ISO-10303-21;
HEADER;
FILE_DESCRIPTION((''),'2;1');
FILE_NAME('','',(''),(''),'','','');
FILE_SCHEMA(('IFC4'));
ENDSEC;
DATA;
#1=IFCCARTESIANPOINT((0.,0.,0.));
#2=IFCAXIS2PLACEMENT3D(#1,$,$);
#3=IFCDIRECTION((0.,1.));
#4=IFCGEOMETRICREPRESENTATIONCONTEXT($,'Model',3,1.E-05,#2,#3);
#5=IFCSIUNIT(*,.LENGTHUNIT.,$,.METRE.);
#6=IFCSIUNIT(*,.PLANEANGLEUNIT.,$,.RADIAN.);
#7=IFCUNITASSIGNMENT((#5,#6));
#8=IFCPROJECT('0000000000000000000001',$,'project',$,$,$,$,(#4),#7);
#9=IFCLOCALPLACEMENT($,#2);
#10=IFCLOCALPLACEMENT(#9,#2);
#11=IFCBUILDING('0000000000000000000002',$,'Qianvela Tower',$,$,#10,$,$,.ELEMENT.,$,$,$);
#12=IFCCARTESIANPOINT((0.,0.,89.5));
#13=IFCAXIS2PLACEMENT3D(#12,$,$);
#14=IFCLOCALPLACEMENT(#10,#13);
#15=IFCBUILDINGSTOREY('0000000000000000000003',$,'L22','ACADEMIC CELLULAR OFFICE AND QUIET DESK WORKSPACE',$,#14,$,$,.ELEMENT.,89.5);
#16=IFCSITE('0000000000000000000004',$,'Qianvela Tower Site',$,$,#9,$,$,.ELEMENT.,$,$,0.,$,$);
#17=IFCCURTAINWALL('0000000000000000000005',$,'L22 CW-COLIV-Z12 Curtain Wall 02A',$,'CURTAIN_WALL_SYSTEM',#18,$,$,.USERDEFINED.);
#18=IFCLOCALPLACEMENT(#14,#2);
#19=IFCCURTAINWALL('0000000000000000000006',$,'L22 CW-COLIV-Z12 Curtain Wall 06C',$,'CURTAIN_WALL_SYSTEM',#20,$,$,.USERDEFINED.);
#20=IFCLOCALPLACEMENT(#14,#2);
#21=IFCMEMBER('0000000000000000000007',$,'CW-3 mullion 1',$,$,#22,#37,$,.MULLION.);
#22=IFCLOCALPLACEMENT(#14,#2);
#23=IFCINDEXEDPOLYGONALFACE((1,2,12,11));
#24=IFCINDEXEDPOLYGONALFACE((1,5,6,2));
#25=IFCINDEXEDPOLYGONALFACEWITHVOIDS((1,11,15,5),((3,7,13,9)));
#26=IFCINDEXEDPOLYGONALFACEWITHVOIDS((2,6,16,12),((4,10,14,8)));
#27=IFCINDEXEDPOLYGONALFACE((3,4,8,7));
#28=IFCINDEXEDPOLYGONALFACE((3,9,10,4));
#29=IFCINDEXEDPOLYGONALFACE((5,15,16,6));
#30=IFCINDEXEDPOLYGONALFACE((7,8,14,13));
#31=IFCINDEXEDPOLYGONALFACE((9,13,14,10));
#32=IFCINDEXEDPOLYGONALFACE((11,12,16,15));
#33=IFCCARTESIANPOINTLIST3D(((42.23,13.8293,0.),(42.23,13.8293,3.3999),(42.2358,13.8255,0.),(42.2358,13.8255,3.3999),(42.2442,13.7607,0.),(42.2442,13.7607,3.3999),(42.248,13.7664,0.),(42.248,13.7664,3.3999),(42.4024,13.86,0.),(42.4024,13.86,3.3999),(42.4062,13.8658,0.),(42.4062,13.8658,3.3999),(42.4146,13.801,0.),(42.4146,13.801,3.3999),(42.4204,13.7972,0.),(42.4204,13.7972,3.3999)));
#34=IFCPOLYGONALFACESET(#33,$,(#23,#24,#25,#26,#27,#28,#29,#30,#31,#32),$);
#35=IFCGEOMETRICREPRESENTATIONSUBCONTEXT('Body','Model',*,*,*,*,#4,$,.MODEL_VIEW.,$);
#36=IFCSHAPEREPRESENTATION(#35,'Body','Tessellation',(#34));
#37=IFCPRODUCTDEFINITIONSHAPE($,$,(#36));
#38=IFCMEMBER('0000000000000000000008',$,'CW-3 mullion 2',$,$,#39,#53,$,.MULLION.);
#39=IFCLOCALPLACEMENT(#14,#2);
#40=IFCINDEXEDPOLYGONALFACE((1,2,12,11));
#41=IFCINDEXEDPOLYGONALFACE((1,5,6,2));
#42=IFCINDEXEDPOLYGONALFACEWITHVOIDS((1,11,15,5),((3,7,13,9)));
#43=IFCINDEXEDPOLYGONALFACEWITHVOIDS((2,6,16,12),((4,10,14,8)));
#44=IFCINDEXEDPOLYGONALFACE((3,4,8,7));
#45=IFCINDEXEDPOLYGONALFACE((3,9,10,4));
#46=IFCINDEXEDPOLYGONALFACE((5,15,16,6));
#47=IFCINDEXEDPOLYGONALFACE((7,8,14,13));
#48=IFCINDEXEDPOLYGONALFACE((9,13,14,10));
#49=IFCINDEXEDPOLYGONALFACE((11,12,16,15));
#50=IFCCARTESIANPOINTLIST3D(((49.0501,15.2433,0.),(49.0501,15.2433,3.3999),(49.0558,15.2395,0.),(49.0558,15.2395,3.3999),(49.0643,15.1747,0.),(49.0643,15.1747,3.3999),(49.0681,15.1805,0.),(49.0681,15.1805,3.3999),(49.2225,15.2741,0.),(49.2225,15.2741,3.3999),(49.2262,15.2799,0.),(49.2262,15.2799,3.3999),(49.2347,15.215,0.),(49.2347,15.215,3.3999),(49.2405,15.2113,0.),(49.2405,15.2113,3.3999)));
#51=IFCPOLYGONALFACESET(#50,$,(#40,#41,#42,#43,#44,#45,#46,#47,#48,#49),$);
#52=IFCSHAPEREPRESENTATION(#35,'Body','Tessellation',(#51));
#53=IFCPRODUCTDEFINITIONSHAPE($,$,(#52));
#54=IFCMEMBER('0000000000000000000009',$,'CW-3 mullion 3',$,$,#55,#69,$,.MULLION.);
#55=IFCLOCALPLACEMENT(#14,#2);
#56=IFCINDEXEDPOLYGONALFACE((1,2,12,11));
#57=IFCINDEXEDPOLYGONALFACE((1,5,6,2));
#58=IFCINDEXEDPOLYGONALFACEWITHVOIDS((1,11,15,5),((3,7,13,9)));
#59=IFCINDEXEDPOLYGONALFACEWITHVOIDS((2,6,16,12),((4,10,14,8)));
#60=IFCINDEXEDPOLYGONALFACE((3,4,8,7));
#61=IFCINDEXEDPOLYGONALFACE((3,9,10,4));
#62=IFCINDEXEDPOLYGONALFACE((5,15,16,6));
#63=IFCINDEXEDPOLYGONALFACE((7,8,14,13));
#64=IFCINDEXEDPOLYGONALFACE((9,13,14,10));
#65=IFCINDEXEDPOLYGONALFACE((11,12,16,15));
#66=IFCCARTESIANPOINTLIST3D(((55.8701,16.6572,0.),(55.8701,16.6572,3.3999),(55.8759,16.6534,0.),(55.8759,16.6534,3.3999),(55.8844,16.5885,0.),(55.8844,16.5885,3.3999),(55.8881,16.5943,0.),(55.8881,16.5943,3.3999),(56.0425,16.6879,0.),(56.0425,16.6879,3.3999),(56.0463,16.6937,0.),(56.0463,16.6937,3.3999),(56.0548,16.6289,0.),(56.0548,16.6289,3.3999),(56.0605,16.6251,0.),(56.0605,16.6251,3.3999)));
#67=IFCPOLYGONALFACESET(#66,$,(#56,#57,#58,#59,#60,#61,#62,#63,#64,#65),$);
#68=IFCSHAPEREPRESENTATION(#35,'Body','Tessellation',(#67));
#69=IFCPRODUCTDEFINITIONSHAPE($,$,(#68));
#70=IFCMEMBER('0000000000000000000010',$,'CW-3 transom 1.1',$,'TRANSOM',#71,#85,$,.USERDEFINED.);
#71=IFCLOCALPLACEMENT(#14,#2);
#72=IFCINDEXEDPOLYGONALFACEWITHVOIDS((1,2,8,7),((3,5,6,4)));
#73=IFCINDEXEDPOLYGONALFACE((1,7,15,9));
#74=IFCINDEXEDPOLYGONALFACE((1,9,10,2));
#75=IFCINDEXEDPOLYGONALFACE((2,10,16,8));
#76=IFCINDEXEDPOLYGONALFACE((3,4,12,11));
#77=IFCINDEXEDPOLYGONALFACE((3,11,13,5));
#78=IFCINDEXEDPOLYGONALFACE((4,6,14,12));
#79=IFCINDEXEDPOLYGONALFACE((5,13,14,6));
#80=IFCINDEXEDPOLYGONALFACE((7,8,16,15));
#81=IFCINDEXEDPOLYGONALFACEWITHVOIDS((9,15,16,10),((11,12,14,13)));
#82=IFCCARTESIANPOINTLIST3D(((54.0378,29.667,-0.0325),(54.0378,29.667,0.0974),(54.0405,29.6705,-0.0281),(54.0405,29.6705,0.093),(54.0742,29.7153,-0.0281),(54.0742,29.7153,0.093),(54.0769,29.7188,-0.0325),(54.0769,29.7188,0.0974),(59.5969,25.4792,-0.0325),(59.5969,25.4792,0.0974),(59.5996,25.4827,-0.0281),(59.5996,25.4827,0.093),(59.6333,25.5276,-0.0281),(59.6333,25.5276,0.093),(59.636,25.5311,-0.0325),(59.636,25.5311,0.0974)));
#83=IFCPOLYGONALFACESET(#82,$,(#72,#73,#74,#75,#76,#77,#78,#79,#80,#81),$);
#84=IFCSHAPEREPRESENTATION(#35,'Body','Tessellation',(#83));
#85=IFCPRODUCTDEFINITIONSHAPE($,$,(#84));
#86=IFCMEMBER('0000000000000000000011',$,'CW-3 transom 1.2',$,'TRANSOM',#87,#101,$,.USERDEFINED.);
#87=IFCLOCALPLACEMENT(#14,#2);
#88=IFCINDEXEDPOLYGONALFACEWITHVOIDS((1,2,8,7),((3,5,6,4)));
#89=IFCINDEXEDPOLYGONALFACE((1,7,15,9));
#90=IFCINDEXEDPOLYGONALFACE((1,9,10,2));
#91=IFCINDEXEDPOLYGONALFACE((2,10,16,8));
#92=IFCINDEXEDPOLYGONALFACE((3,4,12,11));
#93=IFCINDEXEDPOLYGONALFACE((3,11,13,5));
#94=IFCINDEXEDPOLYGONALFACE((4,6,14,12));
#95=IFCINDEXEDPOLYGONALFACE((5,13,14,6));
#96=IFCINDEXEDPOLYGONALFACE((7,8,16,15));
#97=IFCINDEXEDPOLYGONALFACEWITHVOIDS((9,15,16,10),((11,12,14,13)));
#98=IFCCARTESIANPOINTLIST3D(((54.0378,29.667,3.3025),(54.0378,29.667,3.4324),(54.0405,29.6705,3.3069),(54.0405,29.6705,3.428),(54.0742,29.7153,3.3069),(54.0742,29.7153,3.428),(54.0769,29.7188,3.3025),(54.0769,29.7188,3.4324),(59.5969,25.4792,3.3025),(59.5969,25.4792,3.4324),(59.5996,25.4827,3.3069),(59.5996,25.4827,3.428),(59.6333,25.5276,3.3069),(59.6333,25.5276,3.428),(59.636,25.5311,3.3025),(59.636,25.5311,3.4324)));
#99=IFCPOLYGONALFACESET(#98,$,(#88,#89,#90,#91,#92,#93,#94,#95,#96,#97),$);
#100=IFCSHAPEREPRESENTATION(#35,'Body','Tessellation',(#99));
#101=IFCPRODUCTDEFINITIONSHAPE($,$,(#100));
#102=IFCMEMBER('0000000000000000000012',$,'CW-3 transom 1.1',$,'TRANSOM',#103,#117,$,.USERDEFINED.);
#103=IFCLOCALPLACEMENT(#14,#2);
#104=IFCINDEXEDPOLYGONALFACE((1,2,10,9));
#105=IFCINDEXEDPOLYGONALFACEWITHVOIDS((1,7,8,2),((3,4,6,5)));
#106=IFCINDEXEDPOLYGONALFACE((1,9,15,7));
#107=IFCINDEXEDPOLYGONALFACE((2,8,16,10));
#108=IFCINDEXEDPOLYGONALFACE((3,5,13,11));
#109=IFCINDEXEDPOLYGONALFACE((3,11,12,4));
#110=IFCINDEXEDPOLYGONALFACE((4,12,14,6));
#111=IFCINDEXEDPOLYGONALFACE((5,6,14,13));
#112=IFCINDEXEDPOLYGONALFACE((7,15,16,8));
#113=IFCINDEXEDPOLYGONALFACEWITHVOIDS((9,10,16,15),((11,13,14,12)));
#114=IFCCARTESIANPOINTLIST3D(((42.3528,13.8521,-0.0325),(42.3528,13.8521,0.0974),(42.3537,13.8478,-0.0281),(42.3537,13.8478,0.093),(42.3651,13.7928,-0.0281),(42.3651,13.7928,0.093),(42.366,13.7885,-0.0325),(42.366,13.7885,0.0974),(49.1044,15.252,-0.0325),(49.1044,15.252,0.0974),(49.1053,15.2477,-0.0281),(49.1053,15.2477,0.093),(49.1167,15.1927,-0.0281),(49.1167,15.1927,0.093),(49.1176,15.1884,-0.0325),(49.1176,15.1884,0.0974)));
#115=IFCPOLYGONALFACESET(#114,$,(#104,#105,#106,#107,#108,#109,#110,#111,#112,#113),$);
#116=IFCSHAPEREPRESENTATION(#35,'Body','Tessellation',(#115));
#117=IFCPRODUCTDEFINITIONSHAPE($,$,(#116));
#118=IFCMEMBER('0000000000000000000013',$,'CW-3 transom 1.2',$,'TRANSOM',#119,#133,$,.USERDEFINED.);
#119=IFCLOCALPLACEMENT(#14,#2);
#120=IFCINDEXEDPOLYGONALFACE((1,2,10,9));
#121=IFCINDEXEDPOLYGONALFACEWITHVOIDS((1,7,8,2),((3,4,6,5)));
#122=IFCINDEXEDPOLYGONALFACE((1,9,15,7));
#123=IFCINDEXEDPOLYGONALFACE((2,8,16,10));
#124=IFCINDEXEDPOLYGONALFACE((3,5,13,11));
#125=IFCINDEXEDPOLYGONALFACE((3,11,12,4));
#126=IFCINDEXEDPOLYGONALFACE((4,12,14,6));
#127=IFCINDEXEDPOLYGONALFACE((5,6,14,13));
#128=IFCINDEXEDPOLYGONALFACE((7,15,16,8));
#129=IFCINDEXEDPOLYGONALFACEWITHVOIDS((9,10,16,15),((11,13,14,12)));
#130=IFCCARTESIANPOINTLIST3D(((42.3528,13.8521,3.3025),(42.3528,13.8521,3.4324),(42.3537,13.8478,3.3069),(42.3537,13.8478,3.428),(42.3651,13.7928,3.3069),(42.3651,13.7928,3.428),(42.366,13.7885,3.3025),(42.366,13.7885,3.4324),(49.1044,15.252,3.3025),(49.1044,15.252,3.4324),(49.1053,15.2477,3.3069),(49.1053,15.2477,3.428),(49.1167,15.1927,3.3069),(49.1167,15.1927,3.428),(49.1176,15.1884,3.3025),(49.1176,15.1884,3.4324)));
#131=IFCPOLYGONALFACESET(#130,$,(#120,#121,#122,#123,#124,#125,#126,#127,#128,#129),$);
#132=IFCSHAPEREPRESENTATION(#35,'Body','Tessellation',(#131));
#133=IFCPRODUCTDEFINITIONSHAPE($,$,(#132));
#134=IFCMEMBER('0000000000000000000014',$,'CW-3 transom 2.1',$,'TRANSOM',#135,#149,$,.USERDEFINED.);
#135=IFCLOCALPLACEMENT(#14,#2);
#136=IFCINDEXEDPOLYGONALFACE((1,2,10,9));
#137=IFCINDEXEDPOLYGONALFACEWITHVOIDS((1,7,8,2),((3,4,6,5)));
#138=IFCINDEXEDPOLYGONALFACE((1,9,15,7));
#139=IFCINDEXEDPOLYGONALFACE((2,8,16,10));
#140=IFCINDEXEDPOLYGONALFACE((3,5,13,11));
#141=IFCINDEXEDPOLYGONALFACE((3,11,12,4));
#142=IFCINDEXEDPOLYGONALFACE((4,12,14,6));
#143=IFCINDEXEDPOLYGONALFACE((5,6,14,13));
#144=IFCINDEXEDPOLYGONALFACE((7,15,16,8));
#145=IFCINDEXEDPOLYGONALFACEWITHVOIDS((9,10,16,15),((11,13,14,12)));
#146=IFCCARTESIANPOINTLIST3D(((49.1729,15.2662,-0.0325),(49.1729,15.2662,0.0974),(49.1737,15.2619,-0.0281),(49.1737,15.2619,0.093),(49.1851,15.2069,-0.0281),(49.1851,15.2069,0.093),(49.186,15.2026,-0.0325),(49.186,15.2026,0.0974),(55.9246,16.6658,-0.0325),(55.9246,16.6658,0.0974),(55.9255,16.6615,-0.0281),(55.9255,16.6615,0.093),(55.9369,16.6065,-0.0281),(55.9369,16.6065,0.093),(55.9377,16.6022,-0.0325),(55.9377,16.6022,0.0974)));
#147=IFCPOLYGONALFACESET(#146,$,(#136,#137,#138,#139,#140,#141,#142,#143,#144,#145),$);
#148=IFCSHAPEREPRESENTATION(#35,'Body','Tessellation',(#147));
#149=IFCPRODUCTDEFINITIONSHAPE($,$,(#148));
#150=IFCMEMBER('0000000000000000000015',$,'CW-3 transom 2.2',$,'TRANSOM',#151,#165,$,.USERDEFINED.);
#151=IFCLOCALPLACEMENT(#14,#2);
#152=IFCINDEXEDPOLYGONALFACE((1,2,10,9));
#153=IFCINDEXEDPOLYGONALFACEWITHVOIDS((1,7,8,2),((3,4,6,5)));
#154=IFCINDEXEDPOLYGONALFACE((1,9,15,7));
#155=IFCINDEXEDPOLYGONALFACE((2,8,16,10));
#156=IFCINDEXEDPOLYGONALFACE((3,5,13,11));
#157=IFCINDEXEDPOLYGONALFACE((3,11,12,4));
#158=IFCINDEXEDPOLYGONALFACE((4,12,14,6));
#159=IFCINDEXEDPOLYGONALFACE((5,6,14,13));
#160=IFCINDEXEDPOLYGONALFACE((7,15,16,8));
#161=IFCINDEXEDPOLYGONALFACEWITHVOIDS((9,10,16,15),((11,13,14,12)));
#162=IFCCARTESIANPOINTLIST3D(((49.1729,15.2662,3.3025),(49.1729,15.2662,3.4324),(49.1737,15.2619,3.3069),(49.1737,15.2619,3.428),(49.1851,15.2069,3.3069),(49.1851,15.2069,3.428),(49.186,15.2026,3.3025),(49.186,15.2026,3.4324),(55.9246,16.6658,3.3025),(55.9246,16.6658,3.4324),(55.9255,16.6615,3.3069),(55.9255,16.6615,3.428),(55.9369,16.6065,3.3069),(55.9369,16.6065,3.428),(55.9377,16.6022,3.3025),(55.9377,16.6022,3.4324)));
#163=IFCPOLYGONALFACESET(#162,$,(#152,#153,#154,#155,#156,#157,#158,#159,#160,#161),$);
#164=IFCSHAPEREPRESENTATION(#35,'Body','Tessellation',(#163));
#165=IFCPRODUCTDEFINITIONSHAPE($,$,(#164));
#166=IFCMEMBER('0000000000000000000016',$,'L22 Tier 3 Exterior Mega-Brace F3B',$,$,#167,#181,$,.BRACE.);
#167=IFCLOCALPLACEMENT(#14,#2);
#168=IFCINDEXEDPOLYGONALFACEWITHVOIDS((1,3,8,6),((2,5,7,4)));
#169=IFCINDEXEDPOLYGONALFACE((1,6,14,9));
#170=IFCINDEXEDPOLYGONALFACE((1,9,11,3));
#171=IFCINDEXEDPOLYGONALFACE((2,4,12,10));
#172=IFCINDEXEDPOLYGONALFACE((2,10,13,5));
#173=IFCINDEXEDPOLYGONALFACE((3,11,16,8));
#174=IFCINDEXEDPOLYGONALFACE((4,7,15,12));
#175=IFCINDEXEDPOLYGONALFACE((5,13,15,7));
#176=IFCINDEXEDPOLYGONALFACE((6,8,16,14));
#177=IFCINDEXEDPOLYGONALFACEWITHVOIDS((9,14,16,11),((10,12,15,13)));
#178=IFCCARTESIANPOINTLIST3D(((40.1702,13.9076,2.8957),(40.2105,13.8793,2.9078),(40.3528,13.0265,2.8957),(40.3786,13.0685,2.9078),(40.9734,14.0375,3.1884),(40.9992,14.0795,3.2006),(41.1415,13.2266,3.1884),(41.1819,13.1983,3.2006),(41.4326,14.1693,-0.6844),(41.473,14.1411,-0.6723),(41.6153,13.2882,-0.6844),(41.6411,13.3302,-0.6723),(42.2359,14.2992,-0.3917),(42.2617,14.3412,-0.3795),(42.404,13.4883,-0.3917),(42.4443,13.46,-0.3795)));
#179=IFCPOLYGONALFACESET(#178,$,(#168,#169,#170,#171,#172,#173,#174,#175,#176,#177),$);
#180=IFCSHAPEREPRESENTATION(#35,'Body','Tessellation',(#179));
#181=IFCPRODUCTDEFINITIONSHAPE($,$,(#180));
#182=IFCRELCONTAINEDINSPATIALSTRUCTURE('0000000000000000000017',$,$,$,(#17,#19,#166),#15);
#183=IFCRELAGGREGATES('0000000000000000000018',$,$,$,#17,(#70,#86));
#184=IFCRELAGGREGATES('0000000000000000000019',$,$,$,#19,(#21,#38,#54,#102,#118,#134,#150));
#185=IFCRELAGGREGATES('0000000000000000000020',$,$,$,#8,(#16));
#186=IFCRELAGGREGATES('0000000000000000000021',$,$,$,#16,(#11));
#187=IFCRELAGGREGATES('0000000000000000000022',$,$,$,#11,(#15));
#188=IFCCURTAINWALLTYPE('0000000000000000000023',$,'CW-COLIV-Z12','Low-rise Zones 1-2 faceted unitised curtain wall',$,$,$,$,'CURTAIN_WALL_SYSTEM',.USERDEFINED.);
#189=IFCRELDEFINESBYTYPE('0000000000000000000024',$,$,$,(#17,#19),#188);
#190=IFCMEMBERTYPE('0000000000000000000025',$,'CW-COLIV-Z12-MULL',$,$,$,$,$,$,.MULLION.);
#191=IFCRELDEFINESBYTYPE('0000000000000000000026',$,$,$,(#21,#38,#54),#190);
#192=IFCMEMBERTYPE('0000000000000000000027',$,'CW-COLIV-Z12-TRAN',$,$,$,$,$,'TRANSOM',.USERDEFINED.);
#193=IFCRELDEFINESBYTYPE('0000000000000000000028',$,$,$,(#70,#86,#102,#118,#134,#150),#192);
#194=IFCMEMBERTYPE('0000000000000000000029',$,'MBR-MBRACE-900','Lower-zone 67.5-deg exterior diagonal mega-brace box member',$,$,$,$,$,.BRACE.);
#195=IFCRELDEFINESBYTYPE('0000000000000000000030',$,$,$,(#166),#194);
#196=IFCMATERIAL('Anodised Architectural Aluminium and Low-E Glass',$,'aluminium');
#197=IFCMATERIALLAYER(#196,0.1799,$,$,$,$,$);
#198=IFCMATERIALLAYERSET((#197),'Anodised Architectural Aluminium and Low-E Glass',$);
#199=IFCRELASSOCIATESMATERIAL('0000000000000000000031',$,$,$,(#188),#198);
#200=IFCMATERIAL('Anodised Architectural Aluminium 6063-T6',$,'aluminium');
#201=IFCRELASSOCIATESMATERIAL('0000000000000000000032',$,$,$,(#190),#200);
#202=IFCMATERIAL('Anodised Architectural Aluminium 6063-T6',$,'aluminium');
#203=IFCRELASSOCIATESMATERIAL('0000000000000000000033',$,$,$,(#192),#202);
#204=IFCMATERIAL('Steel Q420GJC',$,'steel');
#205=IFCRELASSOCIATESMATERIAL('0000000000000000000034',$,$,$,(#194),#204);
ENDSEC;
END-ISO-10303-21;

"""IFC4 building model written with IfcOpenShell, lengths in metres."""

from ifc_helpers import new_model, si_unit, direction, frame, origin, origin_2d, place, context, subcontext, project, spatial, hollow_rectangle, extrude, material, layer, layer_set, material_profile, profile_set, type_object, element, aggregate, save


model = new_model("IFC4")

# Units and contexts
model_context = context("Model", 3, precision=1e-05, world=origin(), true_north=direction((0.0, 1.0)))
body_context = subcontext(model_context, "Body", "Model", "MODEL_VIEW")
ifc_project = project(units=[si_unit("LENGTHUNIT", "METRE"), si_unit("PLANEANGLEUNIT", "RADIAN")], contexts=[model_context])

# Site, building, storey
site_placement = place(None, origin())
site = spatial("IfcSite", under=ifc_project, at=site_placement, Name="Qianvela Tower Site", CompositionType="ELEMENT", RefElevation=0.0)
building_placement = place(site_placement, origin())
building = spatial("IfcBuilding", under=site, at=building_placement, Name="Qianvela Tower", CompositionType="ELEMENT")
storey_placement = place(building_placement, frame((0.0, 0.0, 89.5)))
storey = spatial("IfcBuildingStorey", under=building, at=storey_placement, Name="L22", Description="ACADEMIC CELLULAR OFFICE AND QUIET DESK WORKSPACE", CompositionType="ELEMENT", Elevation=89.5)

# Curtain walls, members
ifc_material_1 = material(Name="Anodised Architectural Aluminium and Low-E Glass", Category="aluminium")
ifc_layer_1 = layer(ifc_material_1, 0.1799)
ifc_layer_set_1 = layer_set([ifc_layer_1], Name="Anodised Architectural Aluminium and Low-E Glass")
curtain_wall_type_1 = type_object("IfcCurtainWallType", Name="CW-COLIV-Z12", Description="Low-rise Zones 1-2 faceted unitised curtain wall", ElementType="CURTAIN_WALL_SYSTEM", PredefinedType="USERDEFINED", material=ifc_layer_set_1)
curtain_wall_1_placement = place(storey_placement, origin())
curtain_wall_1 = element("IfcCurtainWall", 1, at=curtain_wall_1_placement, inside=storey, type_object=curtain_wall_type_1, Name="L22 CW-COLIV-Z12 Curtain Wall 02A", ObjectType="CURTAIN_WALL_SYSTEM", PredefinedType="USERDEFINED")
ifc_material_2 = material(Name="Anodised Architectural Aluminium 6063-T6", Category="aluminium")
ifc_material_profile_1 = material_profile(ifc_material_2, hollow_rectangle(XDim=0.0701, YDim=0.1799, WallThickness=0.0049, at=origin_2d()), Name="ALU-MULL-70x180")
ifc_profile_set_1 = profile_set([ifc_material_profile_1], Name="Anodised Architectural Aluminium 6063-T6")
member_type_1 = type_object("IfcMemberType", Name="CW-COLIV-Z12-MULL", PredefinedType="MULLION", material=ifc_profile_set_1)
curtain_wall_2_placement = place(storey_placement, origin())
curtain_wall_2 = element("IfcCurtainWall", 2, at=curtain_wall_2_placement, inside=storey, type_object=curtain_wall_type_1, Name="L22 CW-COLIV-Z12 Curtain Wall 06C", ObjectType="CURTAIN_WALL_SYSTEM", PredefinedType="USERDEFINED")
member_1_placement = place(storey_placement, frame((42.3252, 13.8132, 0.0), z_axis=(0.0, 0.0, 1.0), x_axis=(-0.203004, 0.979178, 0.0)))
member_1 = element("IfcMember", 3, at=member_1_placement, type_object=member_type_1, Name="CW-3 mullion 1", PredefinedType="MULLION", context=body_context, shape_type="SweptSolid", body=[
    extrude(hollow_rectangle(XDim=0.0701, YDim=0.1799, WallThickness=0.0049, at=origin_2d()), origin(), (0.0, 0.0, 1.0), 3.3999),
])
member_2_placement = place(storey_placement, frame((49.1453, 15.2273, 0.0), z_axis=(0.0, 0.0, 1.0), x_axis=(-0.203004, 0.979178, 0.0)))
member_2 = element("IfcMember", 4, at=member_2_placement, type_object=member_type_1, Name="CW-3 mullion 2", PredefinedType="MULLION", context=body_context, shape_type="SweptSolid", body=[
    extrude(hollow_rectangle(XDim=0.0701, YDim=0.1799, WallThickness=0.0049, at=origin_2d()), origin(), (0.0, 0.0, 1.0), 3.3999),
])
member_3_placement = place(storey_placement, frame((55.9653, 16.6411, 0.0), z_axis=(0.0, 0.0, 1.0), x_axis=(-0.203004, 0.979178, 0.0)))
member_3 = element("IfcMember", 5, at=member_3_placement, type_object=member_type_1, Name="CW-3 mullion 3", PredefinedType="MULLION", context=body_context, shape_type="SweptSolid", body=[
    extrude(hollow_rectangle(XDim=0.0701, YDim=0.1799, WallThickness=0.0049, at=origin_2d()), origin(), (0.0, 0.0, 1.0), 3.3999),
])

# Members
ifc_material_3 = material(Name="Anodised Architectural Aluminium 6063-T6", Category="aluminium")
ifc_material_profile_2 = material_profile(ifc_material_3, hollow_rectangle(XDim=0.0649, YDim=0.1299, WallThickness=0.0044, at=origin_2d()), Name="ALU-TRAN-65x130")
ifc_profile_set_2 = profile_set([ifc_material_profile_2], Name="Anodised Architectural Aluminium 6063-T6")
member_type_2 = type_object("IfcMemberType", Name="CW-COLIV-Z12-TRAN", ElementType="TRANSOM", PredefinedType="USERDEFINED", material=ifc_profile_set_2)
member_4_placement = place(storey_placement, frame((59.6165, 25.5051, 0.0325), z_axis=(-0.798727, 0.601694, 0.0), x_axis=(-0.601694, -0.798727, 0.0)))
member_4 = element("IfcMember", 6, at=member_4_placement, type_object=member_type_2, Name="CW-3 transom 1.1", ObjectType="TRANSOM", PredefinedType="USERDEFINED", context=body_context, shape_type="SweptSolid", body=[
    extrude(hollow_rectangle(XDim=0.0649, YDim=0.1299, WallThickness=0.0044, at=origin_2d()), origin(), (0.0, 0.0, 1.0), 6.96),
])
member_5_placement = place(storey_placement, frame((59.6165, 25.5051, 3.3674), z_axis=(-0.798727, 0.601694, 0.0), x_axis=(-0.601694, -0.798727, 0.0)))
member_5 = element("IfcMember", 7, at=member_5_placement, type_object=member_type_2, Name="CW-3 transom 1.2", ObjectType="TRANSOM", PredefinedType="USERDEFINED", context=body_context, shape_type="SweptSolid", body=[
    extrude(hollow_rectangle(XDim=0.0649, YDim=0.1299, WallThickness=0.0044, at=origin_2d()), origin(), (0.0, 0.0, 1.0), 6.96),
])
member_6_placement = place(storey_placement, frame((42.3594, 13.8203, 0.0325), z_axis=(0.979174, 0.203022, 0.0), x_axis=(-0.203022, 0.979174, 0.0)))
member_6 = element("IfcMember", 8, at=member_6_placement, type_object=member_type_2, Name="CW-3 transom 1.1", ObjectType="TRANSOM", PredefinedType="USERDEFINED", context=body_context, shape_type="SweptSolid", body=[
    extrude(hollow_rectangle(XDim=0.0649, YDim=0.1299, WallThickness=0.0044, at=origin_2d()), origin(), (0.0, 0.0, 1.0), 6.8953),
])
member_7_placement = place(storey_placement, frame((42.3594, 13.8203, 3.3674), z_axis=(0.979174, 0.203022, 0.0), x_axis=(-0.203022, 0.979174, 0.0)))
member_7 = element("IfcMember", 9, at=member_7_placement, type_object=member_type_2, Name="CW-3 transom 1.2", ObjectType="TRANSOM", PredefinedType="USERDEFINED", context=body_context, shape_type="SweptSolid", body=[
    extrude(hollow_rectangle(XDim=0.0649, YDim=0.1299, WallThickness=0.0044, at=origin_2d()), origin(), (0.0, 0.0, 1.0), 6.8953),
])
member_8_placement = place(storey_placement, frame((49.1794, 15.2344, 0.0325), z_axis=(0.979181, 0.202988, 0.0), x_axis=(-0.202988, 0.979181, 0.0)))
member_8 = element("IfcMember", 10, at=member_8_placement, type_object=member_type_2, Name="CW-3 transom 2.1", ObjectType="TRANSOM", PredefinedType="USERDEFINED", context=body_context, shape_type="SweptSolid", body=[
    extrude(hollow_rectangle(XDim=0.0649, YDim=0.1299, WallThickness=0.0044, at=origin_2d()), origin(), (0.0, 0.0, 1.0), 6.8953),
])
member_9_placement = place(storey_placement, frame((49.1794, 15.2344, 3.3674), z_axis=(0.979181, 0.202988, 0.0), x_axis=(-0.202988, 0.979181, 0.0)))
member_9 = element("IfcMember", 11, at=member_9_placement, type_object=member_type_2, Name="CW-3 transom 2.2", ObjectType="TRANSOM", PredefinedType="USERDEFINED", context=body_context, shape_type="SweptSolid", body=[
    extrude(hollow_rectangle(XDim=0.0649, YDim=0.1299, WallThickness=0.0044, at=origin_2d()), origin(), (0.0, 0.0, 1.0), 6.8953),
])
ifc_material_4 = material(Name="Steel Q420GJC", Category="steel")
ifc_material_profile_3 = material_profile(ifc_material_4, hollow_rectangle(XDim=0.8999, YDim=0.8999, WallThickness=0.0359, at=origin_2d()), Name="MBOX-900x900x36")
ifc_profile_set_3 = profile_set([ifc_material_profile_3], Name="Steel Q420GJC")
member_type_3 = type_object("IfcMemberType", Name="MBR-MBRACE-900", Description="Lower-zone 67.5-deg exterior diagonal mega-brace box member", PredefinedType="BRACE", material=ifc_profile_set_3)
member_10_placement = place(storey_placement, frame((41.9385, 13.8147, -0.532), z_axis=(-0.331774, -0.06878, 0.940848), x_axis=(0.202994, -0.97918, 0.0)))
element("IfcMember", 12, at=member_10_placement, inside=storey, type_object=member_type_3, Name="L22 Tier 3 Exterior Mega-Brace F3B", PredefinedType="BRACE", context=body_context, shape_type="SweptSolid", body=[
    extrude(hollow_rectangle(XDim=0.8999, YDim=0.8999, WallThickness=0.0359, at=origin_2d()), origin(), (0.0, 0.0, 1.0), 3.8052),
])

aggregate(curtain_wall_1, [member_4, member_5])
aggregate(curtain_wall_2, [member_1, member_2, member_3, member_6, member_7, member_8, member_9])

save(model, "model.ifc")
